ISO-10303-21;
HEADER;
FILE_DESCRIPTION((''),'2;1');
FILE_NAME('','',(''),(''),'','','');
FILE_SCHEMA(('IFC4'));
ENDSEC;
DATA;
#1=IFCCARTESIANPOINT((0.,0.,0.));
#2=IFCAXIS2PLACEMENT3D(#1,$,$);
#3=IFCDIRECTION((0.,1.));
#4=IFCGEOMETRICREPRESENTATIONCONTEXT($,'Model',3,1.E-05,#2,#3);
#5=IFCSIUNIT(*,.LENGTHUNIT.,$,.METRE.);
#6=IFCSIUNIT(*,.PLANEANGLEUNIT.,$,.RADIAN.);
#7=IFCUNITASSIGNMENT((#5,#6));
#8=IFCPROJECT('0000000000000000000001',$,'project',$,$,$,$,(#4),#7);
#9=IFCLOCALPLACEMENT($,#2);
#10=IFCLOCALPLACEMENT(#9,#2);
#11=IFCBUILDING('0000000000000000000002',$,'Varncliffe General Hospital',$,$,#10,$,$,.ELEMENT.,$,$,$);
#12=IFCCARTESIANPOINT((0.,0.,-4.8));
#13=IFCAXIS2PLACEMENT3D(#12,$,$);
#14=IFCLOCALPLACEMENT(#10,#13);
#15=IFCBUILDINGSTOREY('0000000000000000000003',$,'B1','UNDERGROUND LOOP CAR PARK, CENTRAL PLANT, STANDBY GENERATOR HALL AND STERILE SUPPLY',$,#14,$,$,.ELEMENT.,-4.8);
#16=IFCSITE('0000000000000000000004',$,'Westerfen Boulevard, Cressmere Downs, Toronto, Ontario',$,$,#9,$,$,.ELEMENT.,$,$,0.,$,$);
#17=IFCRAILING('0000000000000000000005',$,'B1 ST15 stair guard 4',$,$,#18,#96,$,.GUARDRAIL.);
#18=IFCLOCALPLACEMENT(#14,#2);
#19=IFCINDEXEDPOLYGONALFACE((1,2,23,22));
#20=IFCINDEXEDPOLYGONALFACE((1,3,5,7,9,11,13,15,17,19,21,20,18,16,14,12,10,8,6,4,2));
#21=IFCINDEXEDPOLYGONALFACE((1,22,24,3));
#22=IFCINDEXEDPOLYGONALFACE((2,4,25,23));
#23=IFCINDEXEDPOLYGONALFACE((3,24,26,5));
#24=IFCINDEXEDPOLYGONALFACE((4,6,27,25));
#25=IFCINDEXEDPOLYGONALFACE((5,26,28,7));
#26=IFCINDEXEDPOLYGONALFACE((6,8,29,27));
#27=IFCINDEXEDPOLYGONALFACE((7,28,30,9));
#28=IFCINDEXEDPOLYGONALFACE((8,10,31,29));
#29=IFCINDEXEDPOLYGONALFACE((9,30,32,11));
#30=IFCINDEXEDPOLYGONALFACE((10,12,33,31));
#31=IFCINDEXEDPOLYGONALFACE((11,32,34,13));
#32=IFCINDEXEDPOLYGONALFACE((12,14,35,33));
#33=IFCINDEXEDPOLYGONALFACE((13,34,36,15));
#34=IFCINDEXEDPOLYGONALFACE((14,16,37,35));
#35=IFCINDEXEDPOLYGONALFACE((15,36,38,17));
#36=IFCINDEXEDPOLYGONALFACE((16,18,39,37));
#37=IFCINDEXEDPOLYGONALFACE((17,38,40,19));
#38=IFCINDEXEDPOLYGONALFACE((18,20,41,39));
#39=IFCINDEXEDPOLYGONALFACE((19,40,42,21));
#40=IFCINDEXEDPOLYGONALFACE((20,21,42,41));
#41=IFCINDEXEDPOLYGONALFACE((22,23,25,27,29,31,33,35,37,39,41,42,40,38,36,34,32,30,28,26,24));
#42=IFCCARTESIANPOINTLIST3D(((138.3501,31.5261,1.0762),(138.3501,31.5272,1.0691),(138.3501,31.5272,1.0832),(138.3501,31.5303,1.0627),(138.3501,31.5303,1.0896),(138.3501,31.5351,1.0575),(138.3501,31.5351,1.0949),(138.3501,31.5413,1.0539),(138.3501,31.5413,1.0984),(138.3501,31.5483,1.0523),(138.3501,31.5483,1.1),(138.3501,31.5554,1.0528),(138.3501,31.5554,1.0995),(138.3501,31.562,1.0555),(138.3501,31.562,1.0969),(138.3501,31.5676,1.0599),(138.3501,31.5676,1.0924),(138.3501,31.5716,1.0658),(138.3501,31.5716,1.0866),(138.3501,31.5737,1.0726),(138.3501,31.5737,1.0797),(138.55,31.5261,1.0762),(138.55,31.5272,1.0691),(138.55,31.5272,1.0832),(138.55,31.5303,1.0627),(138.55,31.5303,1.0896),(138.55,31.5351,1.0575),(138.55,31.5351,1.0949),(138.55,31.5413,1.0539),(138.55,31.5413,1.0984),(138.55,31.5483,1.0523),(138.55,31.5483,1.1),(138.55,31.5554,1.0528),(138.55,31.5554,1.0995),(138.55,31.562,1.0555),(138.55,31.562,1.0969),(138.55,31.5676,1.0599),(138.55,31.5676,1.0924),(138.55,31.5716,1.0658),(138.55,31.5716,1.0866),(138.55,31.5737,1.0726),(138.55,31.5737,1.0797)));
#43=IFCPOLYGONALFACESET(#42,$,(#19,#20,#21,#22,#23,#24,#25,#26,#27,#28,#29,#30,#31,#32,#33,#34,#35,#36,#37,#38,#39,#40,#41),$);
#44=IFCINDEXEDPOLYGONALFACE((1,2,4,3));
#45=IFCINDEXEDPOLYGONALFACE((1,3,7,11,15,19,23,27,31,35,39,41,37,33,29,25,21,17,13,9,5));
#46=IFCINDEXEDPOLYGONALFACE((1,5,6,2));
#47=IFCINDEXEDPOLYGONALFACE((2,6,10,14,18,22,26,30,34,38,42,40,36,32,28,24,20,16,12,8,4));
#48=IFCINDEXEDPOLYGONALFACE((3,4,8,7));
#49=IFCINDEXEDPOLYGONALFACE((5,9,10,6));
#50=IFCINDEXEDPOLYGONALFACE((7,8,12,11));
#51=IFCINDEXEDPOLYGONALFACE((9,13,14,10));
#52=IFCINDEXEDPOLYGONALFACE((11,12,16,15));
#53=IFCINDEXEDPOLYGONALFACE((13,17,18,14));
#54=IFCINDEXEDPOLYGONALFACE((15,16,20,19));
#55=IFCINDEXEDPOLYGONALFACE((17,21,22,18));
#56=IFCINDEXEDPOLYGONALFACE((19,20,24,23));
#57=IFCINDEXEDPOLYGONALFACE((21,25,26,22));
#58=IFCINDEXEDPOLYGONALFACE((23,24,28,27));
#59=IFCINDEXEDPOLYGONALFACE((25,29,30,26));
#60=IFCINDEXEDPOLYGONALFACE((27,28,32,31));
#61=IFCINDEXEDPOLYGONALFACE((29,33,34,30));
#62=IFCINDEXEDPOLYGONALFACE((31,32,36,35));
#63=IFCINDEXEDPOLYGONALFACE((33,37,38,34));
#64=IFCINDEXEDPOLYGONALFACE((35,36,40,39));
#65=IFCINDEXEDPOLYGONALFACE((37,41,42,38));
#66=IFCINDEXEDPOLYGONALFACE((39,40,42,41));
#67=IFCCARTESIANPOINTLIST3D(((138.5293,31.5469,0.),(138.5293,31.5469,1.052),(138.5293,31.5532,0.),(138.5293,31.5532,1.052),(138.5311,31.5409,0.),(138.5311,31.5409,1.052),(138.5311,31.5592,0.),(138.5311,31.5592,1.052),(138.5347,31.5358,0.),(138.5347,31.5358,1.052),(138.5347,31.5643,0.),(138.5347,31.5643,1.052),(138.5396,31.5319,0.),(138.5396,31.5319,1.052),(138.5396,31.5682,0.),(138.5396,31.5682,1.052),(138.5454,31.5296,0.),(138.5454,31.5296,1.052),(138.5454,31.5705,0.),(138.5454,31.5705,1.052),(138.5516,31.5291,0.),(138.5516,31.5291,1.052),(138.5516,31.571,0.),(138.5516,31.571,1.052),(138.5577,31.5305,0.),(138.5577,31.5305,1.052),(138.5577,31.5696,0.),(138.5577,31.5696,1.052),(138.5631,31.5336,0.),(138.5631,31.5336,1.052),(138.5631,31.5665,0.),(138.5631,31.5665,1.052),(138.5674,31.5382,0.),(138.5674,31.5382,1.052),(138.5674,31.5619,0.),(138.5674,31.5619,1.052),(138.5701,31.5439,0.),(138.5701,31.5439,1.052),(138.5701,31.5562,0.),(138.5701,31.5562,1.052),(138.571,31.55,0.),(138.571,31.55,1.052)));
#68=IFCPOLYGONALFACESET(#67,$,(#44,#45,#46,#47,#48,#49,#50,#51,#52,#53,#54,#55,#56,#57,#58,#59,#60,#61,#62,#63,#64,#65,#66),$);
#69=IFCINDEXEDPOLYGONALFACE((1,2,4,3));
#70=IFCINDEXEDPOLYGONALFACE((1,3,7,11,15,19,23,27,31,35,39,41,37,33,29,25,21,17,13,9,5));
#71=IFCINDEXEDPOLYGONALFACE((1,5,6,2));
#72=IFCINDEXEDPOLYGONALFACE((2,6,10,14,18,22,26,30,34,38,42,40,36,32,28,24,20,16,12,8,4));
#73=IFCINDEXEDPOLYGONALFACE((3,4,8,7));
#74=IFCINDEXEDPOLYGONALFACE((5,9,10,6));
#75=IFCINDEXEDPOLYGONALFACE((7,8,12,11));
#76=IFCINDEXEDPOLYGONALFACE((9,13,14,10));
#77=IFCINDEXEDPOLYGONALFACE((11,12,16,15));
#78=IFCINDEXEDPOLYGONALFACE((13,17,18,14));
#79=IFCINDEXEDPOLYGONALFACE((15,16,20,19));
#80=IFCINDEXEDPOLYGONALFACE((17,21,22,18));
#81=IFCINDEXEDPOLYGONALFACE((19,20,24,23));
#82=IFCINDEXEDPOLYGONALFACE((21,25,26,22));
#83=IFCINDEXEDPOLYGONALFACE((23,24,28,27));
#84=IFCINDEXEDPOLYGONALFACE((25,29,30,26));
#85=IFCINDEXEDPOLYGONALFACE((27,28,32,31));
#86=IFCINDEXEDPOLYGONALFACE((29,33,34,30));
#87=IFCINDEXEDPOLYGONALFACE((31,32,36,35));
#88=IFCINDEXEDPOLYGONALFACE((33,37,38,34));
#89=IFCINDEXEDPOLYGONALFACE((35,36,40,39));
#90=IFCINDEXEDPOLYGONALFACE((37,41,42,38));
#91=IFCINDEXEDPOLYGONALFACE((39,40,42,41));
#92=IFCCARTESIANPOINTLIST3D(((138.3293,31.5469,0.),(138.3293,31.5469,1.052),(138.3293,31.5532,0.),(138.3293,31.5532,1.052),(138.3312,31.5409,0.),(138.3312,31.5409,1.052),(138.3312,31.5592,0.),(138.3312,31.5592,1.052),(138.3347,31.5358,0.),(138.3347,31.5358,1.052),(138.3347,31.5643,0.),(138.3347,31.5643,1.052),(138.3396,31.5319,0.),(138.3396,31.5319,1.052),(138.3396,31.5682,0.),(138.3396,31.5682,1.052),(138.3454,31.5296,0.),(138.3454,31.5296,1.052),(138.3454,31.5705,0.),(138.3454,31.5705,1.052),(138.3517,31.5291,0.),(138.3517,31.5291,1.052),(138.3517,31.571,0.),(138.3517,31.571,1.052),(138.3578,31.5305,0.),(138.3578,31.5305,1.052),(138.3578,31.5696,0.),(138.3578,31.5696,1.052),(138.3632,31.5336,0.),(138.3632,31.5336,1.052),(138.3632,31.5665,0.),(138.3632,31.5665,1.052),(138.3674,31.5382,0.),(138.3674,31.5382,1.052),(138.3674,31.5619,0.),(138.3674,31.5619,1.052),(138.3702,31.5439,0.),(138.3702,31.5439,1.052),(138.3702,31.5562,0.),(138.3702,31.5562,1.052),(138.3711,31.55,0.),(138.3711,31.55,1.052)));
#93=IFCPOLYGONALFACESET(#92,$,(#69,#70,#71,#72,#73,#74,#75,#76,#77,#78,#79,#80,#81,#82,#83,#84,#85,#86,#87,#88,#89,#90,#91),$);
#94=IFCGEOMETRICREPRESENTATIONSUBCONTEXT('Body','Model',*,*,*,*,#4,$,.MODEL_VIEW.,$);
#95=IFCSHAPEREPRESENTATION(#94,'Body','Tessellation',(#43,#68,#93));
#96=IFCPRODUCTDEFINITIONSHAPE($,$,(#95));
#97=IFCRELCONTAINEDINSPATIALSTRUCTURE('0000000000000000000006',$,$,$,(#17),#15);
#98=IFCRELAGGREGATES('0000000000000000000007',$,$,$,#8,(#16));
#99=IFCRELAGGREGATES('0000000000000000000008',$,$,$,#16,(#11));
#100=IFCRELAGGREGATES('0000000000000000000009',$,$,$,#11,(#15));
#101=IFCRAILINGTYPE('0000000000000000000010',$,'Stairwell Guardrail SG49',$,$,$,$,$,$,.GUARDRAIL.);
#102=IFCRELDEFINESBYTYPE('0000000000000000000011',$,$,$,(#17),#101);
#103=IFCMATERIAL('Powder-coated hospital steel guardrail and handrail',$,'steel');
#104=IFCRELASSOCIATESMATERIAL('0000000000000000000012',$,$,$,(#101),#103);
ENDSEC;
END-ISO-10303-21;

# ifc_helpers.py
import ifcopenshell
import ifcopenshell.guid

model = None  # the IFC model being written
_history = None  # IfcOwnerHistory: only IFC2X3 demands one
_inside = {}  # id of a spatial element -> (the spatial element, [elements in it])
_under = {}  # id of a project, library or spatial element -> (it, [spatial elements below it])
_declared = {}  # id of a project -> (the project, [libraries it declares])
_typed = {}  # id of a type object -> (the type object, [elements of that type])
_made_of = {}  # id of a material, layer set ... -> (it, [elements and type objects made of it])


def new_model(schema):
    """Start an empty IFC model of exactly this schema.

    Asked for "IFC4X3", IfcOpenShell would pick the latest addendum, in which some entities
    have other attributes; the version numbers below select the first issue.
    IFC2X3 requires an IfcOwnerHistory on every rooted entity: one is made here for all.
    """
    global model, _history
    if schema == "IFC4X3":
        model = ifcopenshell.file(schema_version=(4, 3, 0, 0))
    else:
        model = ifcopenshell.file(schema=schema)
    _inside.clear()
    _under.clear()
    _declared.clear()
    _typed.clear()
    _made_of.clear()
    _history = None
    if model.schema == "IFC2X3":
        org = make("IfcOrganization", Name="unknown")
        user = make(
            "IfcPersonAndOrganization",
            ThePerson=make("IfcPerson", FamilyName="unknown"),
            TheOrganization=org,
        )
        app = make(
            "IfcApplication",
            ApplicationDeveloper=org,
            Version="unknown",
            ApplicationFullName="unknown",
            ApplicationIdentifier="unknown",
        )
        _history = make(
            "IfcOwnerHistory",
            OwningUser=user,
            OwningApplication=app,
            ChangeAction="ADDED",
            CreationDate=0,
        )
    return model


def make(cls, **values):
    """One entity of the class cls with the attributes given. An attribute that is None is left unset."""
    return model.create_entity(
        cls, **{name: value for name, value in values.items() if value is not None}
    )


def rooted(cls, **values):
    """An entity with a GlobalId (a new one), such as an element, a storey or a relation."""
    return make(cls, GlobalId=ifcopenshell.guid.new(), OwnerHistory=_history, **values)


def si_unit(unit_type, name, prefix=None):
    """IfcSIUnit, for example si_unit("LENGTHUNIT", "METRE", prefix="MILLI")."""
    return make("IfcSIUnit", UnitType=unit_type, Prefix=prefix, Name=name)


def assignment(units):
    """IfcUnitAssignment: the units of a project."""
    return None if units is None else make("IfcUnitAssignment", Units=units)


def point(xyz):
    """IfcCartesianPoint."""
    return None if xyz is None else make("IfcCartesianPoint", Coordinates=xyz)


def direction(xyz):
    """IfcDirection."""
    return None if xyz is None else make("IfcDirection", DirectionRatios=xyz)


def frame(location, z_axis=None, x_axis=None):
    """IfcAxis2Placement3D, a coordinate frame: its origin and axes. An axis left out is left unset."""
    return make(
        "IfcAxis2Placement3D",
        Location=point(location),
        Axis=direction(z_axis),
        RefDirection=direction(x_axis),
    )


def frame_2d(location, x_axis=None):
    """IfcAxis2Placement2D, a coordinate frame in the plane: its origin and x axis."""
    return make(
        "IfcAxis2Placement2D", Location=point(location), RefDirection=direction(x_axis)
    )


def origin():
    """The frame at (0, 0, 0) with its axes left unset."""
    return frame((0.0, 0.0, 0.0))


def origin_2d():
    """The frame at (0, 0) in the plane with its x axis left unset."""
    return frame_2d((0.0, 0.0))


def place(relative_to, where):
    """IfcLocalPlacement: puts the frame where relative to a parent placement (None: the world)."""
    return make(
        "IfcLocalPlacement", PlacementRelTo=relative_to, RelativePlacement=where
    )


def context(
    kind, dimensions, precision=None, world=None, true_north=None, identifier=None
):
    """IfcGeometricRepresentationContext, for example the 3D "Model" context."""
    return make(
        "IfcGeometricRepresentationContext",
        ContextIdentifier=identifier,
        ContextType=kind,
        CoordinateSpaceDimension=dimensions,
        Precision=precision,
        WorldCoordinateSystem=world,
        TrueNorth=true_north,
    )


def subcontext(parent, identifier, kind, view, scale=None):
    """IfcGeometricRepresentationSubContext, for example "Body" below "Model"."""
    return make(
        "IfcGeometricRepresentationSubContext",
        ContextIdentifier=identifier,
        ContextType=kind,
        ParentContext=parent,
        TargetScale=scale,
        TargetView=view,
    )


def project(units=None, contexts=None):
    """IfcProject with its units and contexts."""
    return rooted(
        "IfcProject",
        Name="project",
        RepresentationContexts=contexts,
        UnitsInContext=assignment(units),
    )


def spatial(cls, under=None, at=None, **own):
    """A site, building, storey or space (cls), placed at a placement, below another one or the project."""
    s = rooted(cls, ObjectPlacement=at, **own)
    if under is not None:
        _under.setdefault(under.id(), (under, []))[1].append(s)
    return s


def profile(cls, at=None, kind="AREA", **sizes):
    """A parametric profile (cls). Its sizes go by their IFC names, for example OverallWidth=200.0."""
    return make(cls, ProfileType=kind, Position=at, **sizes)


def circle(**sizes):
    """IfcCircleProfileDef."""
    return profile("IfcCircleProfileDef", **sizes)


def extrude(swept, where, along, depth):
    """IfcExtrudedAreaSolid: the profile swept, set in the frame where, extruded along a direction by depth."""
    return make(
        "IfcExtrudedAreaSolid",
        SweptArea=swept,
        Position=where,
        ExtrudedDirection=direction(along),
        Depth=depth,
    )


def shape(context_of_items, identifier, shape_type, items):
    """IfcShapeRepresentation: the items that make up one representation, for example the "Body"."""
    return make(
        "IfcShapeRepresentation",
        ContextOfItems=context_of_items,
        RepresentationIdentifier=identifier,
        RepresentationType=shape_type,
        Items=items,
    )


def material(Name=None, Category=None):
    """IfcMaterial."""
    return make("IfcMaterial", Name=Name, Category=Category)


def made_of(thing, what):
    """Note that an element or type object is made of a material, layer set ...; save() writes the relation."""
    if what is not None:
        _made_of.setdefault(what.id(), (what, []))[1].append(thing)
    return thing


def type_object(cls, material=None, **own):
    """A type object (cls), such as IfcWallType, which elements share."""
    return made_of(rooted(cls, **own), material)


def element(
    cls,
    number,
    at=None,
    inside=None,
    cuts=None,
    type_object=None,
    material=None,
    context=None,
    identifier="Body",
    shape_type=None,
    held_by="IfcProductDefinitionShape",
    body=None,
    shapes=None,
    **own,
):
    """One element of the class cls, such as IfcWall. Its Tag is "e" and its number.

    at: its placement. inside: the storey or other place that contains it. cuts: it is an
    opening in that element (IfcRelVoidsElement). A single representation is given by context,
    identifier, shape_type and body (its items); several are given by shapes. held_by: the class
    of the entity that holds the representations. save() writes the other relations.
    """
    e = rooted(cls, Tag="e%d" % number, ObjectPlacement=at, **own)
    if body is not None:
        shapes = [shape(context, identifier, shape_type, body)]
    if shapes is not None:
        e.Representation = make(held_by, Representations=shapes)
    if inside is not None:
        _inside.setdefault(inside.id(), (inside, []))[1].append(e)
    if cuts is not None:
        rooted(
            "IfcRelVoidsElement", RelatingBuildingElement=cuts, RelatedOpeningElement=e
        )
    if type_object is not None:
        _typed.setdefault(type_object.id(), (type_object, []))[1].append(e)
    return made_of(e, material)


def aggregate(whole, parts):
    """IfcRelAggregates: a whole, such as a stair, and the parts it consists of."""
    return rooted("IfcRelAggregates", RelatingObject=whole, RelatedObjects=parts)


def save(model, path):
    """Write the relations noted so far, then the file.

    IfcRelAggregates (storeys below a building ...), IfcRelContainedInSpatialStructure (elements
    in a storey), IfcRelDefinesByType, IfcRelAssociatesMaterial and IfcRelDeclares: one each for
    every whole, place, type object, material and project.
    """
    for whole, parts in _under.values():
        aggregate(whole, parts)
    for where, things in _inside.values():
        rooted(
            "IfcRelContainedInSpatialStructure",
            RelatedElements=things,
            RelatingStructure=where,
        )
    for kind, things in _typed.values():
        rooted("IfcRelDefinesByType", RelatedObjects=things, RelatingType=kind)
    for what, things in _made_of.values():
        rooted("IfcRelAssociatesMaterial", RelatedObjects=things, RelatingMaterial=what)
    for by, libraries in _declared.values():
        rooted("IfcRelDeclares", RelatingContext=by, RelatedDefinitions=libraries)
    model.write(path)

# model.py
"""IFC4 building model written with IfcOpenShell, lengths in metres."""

from ifc_helpers import new_model, si_unit, direction, frame, origin, origin_2d, place, context, subcontext, project, spatial, circle, extrude, material, type_object, element, save


model = new_model("IFC4")

# Units and contexts
model_context = context("Model", 3, precision=1e-05, world=origin(), true_north=direction((0.0, 1.0)))
body_context = subcontext(model_context, "Body", "Model", "MODEL_VIEW")
ifc_project = project(units=[si_unit("LENGTHUNIT", "METRE"), si_unit("PLANEANGLEUNIT", "RADIAN")], contexts=[model_context])

# Site, building, storey
site_placement = place(None, origin())
site = spatial("IfcSite", under=ifc_project, at=site_placement, Name="Westerfen Boulevard, Cressmere Downs, Toronto, Ontario", CompositionType="ELEMENT", RefElevation=0.0)
building_placement = place(site_placement, origin())
building = spatial("IfcBuilding", under=site, at=building_placement, Name="Varncliffe General Hospital", CompositionType="ELEMENT")
storey_placement = place(building_placement, frame((0.0, 0.0, -4.8)))
storey = spatial("IfcBuildingStorey", under=building, at=storey_placement, Name="B1", Description="UNDERGROUND LOOP CAR PARK, CENTRAL PLANT, STANDBY GENERATOR HALL AND STERILE SUPPLY", CompositionType="ELEMENT", Elevation=-4.8)

# Railing
ifc_material_1 = material(Name="Powder-coated hospital steel guardrail and handrail", Category="steel")
railing_type_1 = type_object("IfcRailingType", Name="Stairwell Guardrail SG49", PredefinedType="GUARDRAIL", material=ifc_material_1)
railing_1_placement = place(storey_placement, frame((138.55, 31.55, 0.0)))
element("IfcRailing", 1, at=railing_1_placement, inside=storey, type_object=railing_type_1, Name="B1 ST15 stair guard 4", PredefinedType="GUARDRAIL", context=body_context, shape_type="SweptSolid", body=[
    extrude(circle(Radius=0.0239, at=origin_2d()), frame((0.0, 0.0, 1.0762), z_axis=(-1.0, 0.0, 0.0), x_axis=(0.0, -1.0, 0.0)), (0.0, 0.0, 1.0), 0.2),
    extrude(circle(Radius=0.021, at=origin_2d()), origin(), (0.0, 0.0, 1.0), 1.052),
    extrude(circle(Radius=0.021, at=origin_2d()), frame((-0.2, 0.0, 0.0)), (0.0, 0.0, 1.0), 1.052),
])

save(model, "model.ifc")
